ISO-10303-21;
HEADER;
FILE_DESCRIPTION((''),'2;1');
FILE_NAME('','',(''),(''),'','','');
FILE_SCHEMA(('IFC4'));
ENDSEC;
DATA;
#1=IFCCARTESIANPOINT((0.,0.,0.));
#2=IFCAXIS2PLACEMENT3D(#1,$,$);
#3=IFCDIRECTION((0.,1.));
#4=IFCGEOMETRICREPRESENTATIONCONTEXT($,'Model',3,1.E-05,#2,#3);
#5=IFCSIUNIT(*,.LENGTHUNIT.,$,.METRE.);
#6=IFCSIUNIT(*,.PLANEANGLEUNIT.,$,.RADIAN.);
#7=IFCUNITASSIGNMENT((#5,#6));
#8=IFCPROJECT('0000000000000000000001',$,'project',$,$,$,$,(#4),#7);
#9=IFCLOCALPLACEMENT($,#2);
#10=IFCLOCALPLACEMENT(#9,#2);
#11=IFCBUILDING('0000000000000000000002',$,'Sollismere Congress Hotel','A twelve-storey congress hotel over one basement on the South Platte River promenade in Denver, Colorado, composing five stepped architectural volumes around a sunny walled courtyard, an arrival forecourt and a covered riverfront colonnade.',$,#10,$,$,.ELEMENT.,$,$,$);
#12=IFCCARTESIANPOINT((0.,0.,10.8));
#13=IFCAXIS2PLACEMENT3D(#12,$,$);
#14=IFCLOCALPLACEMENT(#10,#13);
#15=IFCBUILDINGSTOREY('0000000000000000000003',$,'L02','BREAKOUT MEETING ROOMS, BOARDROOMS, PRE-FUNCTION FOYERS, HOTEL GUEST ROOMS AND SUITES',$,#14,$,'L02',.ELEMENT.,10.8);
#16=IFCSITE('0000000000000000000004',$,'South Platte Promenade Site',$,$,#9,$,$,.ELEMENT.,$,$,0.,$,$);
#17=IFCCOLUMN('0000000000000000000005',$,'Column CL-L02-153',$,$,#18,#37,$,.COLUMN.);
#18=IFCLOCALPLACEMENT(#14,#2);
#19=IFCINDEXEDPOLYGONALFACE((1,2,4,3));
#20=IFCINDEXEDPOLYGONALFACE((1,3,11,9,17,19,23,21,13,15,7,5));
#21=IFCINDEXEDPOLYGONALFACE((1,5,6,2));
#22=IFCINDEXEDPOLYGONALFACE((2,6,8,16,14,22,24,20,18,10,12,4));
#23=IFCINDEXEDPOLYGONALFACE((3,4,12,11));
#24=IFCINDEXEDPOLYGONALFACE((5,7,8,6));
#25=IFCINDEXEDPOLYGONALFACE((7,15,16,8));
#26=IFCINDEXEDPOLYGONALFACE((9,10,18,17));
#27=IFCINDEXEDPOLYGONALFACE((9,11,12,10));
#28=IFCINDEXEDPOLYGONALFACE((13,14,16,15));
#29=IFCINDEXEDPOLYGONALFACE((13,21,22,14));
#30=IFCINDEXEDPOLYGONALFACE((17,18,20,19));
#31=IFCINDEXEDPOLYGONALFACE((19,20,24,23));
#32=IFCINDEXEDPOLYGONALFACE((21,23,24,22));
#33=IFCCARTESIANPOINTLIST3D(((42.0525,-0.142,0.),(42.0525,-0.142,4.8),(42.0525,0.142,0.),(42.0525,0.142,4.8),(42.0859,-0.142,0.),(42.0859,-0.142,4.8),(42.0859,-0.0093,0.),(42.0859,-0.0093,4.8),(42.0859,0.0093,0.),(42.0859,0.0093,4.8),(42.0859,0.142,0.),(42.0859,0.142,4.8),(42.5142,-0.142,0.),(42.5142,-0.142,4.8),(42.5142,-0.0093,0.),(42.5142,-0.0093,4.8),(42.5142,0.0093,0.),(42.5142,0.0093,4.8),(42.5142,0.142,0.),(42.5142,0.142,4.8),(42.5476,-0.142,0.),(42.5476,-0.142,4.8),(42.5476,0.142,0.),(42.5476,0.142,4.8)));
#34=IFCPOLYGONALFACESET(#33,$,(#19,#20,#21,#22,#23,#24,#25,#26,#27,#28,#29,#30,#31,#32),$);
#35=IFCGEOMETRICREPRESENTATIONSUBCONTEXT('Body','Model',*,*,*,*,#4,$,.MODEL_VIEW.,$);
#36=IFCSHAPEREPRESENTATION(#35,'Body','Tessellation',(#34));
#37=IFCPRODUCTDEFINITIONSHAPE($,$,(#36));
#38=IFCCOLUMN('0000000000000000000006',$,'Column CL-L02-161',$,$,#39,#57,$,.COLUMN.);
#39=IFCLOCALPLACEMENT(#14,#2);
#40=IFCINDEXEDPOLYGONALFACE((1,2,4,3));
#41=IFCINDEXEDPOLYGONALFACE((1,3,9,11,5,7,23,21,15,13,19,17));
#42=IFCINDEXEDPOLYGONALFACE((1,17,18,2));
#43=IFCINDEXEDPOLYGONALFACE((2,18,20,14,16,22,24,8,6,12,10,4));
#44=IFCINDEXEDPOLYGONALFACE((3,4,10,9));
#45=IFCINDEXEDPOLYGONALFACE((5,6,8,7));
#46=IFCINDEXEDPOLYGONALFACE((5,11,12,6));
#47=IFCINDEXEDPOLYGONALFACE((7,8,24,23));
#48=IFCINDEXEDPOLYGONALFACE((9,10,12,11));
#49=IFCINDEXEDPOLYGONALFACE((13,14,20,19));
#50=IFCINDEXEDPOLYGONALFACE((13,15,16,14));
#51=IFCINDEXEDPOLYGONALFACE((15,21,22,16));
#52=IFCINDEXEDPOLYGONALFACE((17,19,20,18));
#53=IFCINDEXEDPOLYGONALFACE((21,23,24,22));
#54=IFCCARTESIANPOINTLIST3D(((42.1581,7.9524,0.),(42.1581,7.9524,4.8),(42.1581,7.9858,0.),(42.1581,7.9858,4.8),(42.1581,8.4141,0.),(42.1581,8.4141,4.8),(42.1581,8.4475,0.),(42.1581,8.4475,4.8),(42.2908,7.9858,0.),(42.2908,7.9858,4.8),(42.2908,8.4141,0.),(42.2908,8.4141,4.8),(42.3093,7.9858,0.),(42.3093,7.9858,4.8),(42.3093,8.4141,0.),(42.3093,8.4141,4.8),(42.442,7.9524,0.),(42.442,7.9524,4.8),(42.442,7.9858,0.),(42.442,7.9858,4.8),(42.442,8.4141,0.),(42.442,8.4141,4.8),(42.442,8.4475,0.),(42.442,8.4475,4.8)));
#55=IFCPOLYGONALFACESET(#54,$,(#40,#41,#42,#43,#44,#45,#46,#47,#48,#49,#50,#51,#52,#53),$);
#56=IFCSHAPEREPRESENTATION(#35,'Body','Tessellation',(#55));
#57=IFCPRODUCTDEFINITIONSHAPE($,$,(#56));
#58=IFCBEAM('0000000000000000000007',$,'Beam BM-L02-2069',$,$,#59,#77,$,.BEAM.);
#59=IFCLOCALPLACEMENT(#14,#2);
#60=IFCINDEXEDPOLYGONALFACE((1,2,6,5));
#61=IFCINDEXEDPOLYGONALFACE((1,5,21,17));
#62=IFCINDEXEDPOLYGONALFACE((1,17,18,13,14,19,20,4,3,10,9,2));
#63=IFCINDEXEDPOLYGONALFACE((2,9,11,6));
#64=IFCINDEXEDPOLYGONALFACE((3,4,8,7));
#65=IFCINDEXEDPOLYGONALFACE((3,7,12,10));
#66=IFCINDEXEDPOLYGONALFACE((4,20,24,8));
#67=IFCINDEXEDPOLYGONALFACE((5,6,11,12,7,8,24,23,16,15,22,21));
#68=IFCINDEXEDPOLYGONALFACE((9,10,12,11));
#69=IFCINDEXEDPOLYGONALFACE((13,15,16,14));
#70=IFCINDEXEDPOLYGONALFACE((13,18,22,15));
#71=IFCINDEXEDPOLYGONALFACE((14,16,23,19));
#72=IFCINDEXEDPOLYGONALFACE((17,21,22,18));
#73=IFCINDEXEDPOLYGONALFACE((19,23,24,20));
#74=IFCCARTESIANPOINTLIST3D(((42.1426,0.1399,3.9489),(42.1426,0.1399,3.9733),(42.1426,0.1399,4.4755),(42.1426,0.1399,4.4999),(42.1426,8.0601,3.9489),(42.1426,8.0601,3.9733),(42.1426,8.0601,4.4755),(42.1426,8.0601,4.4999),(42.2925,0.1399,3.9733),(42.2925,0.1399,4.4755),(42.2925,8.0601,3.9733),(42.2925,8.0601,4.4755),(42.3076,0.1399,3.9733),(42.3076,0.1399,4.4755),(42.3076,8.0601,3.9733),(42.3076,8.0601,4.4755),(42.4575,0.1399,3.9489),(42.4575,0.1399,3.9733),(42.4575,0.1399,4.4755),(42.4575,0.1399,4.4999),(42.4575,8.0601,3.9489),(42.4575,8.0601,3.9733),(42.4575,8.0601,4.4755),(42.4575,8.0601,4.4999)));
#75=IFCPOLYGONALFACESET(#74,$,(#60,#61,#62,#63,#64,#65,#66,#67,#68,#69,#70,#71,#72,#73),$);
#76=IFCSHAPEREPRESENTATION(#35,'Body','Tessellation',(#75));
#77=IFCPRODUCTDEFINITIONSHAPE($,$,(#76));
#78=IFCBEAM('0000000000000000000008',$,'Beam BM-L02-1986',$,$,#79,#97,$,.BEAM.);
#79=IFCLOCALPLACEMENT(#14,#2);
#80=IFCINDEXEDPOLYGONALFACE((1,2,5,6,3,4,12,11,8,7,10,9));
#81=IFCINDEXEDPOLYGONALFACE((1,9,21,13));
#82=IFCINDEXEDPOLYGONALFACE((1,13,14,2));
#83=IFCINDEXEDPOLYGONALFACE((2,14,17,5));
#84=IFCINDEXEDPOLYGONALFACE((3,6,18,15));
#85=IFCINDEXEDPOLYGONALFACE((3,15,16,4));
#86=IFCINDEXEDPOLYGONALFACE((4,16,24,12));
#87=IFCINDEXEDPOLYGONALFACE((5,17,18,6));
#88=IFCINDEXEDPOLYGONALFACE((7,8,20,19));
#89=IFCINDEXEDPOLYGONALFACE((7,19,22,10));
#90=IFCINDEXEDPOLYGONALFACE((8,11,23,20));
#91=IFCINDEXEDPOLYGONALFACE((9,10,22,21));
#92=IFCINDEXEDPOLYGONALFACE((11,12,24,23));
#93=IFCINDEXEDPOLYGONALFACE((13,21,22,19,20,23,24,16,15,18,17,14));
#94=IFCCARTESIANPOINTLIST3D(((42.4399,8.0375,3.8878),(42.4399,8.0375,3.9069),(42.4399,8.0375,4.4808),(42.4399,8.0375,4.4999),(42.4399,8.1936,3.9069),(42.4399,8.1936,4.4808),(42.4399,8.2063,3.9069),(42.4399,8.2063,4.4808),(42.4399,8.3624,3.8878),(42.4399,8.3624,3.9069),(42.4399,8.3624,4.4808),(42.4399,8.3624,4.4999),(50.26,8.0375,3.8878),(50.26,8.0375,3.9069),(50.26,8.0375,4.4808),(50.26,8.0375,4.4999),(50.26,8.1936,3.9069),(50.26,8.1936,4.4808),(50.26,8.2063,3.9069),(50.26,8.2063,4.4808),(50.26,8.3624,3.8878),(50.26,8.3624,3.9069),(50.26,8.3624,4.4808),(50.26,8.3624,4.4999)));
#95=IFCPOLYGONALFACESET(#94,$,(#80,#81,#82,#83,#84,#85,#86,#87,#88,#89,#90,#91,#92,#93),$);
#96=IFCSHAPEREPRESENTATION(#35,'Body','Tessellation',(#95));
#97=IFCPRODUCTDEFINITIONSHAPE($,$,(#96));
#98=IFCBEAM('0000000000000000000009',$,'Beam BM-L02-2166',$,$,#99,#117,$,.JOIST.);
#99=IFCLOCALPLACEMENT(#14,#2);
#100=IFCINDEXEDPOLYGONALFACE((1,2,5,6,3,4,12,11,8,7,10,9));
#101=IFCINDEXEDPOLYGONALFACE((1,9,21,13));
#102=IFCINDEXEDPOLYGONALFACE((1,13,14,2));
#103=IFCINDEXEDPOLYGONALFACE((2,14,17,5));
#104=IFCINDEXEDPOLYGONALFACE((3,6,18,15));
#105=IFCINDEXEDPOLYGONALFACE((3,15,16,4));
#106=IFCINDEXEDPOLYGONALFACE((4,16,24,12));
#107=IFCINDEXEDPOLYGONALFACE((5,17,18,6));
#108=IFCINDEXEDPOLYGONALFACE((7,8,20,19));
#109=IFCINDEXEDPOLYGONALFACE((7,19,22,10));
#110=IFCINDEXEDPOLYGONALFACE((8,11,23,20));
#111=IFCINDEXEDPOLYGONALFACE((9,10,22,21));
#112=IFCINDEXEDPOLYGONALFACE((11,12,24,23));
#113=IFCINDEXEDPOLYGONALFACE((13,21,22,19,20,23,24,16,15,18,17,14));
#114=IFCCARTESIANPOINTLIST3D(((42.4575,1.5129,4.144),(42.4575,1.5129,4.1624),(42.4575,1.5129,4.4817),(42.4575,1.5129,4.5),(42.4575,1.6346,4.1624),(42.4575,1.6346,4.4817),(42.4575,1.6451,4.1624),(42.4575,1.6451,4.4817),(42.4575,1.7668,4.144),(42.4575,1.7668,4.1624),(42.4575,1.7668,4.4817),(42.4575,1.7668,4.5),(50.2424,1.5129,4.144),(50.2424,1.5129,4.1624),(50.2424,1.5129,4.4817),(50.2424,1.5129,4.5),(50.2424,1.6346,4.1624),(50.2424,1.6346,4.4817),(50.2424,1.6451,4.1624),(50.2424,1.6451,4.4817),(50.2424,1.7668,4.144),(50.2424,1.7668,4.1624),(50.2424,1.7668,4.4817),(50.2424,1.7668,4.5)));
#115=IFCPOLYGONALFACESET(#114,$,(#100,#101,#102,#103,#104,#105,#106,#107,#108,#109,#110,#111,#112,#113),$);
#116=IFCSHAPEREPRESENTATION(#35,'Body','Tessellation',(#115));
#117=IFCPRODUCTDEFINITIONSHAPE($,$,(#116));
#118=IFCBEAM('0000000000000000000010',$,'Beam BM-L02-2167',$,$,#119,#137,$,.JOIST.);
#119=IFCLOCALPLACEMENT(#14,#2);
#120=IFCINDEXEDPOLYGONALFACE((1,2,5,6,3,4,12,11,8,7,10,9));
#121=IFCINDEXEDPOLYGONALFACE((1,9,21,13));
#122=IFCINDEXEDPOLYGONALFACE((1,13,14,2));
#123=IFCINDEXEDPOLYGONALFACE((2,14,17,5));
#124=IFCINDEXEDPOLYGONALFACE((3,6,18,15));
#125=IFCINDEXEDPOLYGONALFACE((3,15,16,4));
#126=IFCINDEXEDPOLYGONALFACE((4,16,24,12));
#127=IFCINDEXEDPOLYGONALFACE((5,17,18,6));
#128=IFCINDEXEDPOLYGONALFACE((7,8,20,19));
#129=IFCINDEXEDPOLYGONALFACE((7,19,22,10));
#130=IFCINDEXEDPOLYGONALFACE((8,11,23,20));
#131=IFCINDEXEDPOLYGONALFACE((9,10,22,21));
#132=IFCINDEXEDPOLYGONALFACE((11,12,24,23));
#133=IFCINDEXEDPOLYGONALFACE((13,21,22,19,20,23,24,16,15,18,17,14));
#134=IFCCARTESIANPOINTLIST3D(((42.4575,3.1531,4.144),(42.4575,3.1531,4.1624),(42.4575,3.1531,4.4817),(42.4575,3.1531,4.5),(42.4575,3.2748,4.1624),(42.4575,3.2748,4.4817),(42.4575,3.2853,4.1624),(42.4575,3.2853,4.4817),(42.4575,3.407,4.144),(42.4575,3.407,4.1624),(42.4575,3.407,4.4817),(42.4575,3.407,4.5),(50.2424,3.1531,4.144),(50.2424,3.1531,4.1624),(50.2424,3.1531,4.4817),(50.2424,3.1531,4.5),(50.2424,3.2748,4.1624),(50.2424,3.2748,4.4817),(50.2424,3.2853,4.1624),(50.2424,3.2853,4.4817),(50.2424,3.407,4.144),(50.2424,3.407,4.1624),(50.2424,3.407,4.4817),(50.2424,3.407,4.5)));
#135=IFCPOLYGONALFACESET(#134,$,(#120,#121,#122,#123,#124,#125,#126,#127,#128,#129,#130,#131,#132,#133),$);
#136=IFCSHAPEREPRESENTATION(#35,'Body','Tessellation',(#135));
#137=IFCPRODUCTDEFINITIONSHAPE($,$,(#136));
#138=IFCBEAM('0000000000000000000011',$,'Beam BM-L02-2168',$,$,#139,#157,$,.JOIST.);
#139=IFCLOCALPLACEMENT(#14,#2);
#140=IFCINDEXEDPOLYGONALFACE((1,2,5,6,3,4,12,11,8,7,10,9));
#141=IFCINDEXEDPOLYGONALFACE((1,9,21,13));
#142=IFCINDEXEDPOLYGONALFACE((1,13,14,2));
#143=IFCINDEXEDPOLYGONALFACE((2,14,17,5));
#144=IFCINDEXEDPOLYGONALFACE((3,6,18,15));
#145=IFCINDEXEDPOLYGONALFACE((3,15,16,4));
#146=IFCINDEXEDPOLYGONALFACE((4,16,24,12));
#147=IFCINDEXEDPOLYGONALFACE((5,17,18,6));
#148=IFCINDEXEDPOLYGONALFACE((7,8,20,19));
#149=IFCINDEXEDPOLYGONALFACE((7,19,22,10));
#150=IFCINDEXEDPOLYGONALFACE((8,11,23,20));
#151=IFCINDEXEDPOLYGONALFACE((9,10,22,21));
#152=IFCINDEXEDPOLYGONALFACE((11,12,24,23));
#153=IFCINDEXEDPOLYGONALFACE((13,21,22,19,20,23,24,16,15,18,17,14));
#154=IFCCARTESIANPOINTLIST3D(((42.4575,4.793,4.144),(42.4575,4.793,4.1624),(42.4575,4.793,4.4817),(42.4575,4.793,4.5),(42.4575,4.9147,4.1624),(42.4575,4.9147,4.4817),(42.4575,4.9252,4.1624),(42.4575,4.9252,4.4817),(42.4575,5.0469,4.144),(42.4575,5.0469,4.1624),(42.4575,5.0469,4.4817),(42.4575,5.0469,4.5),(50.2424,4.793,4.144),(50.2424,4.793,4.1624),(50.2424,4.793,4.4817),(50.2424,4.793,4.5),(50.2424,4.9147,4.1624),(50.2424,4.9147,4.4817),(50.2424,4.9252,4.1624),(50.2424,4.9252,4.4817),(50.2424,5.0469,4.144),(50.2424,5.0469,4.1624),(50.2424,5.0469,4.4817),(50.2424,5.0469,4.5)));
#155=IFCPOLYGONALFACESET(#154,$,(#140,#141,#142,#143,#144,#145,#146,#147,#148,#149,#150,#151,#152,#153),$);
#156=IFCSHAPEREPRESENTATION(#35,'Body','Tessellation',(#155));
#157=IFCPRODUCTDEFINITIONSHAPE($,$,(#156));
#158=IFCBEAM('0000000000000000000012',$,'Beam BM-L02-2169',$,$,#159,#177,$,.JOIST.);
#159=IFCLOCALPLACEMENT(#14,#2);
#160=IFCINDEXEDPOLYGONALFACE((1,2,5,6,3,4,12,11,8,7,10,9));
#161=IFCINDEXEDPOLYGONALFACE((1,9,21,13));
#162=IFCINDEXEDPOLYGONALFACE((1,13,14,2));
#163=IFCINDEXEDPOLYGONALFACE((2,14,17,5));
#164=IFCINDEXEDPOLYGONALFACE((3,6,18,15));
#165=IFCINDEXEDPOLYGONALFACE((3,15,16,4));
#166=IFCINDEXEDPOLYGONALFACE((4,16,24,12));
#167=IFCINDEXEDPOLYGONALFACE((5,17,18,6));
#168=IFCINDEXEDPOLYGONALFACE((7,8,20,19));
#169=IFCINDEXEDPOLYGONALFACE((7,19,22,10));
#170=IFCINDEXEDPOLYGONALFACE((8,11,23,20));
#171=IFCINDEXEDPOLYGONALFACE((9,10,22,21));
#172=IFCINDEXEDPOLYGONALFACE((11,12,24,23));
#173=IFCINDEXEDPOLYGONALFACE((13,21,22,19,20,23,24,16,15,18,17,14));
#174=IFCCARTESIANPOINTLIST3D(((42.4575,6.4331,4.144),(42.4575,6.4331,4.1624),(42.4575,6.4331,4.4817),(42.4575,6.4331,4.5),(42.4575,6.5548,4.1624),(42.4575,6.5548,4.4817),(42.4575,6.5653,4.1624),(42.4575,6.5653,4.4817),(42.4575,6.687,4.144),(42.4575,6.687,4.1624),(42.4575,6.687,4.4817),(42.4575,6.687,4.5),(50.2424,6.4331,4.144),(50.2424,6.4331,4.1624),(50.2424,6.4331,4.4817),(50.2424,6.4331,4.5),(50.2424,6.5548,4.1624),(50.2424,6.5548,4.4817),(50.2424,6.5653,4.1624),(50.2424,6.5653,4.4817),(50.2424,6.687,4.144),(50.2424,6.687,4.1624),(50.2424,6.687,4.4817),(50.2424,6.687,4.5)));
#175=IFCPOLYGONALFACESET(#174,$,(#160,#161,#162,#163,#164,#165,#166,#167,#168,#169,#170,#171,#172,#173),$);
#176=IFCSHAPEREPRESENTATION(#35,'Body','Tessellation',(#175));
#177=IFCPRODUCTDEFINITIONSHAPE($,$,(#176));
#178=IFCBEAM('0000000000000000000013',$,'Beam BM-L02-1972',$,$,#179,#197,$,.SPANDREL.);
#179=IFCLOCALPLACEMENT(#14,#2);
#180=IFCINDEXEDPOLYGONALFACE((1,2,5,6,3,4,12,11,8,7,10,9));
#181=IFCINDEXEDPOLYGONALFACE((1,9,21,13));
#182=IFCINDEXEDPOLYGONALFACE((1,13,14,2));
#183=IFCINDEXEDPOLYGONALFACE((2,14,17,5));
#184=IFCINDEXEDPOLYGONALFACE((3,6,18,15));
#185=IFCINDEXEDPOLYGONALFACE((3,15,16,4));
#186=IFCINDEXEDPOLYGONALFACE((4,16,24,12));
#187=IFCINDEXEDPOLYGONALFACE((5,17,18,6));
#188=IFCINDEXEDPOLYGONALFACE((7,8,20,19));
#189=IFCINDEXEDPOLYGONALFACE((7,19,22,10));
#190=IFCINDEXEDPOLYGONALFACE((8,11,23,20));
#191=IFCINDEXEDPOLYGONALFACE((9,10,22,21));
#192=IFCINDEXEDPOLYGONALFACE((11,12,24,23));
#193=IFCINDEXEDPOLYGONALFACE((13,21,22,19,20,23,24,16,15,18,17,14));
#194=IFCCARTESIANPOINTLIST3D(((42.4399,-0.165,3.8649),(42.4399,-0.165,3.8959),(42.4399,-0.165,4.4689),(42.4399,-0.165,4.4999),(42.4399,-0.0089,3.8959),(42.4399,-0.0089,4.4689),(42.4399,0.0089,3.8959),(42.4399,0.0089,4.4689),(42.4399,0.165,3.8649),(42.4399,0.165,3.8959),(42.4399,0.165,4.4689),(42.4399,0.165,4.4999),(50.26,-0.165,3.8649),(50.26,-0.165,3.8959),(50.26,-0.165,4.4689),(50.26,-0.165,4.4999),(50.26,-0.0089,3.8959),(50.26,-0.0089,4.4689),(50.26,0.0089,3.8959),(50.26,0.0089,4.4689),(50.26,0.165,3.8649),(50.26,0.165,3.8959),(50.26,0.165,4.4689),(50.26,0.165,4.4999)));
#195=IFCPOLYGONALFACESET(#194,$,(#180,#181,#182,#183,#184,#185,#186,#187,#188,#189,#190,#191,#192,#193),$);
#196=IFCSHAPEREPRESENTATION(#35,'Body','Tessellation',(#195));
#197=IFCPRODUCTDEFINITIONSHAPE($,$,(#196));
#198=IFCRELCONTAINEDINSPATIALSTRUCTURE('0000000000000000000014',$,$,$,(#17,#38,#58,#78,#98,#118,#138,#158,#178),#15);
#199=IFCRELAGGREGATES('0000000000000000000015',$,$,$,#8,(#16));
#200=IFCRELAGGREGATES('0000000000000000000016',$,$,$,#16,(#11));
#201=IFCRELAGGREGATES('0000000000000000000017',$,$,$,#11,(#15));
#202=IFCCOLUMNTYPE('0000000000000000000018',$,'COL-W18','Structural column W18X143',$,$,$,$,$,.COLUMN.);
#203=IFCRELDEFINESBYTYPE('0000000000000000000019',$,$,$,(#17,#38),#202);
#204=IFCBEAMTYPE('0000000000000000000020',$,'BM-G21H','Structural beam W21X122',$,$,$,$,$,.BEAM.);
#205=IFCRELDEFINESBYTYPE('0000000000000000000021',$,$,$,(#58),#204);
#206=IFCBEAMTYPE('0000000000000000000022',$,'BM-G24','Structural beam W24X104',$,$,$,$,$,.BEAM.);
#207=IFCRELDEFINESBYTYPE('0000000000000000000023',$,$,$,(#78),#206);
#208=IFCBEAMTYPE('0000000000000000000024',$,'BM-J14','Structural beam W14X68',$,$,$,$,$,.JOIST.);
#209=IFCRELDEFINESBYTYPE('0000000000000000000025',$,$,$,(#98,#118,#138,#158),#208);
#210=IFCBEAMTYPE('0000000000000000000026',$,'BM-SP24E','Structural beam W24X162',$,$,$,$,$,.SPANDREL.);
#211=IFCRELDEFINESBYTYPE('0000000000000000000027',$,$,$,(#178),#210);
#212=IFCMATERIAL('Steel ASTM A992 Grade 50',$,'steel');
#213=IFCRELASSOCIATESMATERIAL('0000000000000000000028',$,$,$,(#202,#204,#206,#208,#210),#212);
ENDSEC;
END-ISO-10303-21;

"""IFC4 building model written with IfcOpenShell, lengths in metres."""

from ifc_helpers import new_model, si_unit, direction, frame, origin, origin_2d, place, context, subcontext, project, spatial, i_section, extrude, material, material_profile, profile_set, type_object, element, save


model = new_model("IFC4")

# Units and contexts
model_context = context("Model", 3, precision=1e-05, world=origin(), true_north=direction((0.0, 1.0)))
body_context = subcontext(model_context, "Body", "Model", "MODEL_VIEW")
ifc_project = project(units=[si_unit("LENGTHUNIT", "METRE"), si_unit("PLANEANGLEUNIT", "RADIAN")], contexts=[model_context])

# Site, building, storey
site_placement = place(None, origin())
site = spatial("IfcSite", under=ifc_project, at=site_placement, Name="South Platte Promenade Site", CompositionType="ELEMENT", RefElevation=0.0)
building_placement = place(site_placement, origin())
building = spatial("IfcBuilding", under=site, at=building_placement, Name="Sollismere Congress Hotel", Description="A twelve-storey congress hotel over one basement on the South Platte River promenade in Denver, Colorado, composing five stepped architectural volumes around a sunny walled courtyard, an arrival forecourt and a covered riverfront colonnade.", CompositionType="ELEMENT")
storey_placement = place(building_placement, frame((0.0, 0.0, 10.8)))
storey = spatial("IfcBuildingStorey", under=building, at=storey_placement, Name="L02", Description="BREAKOUT MEETING ROOMS, BOARDROOMS, PRE-FUNCTION FOYERS, HOTEL GUEST ROOMS AND SUITES", LongName="L02", CompositionType="ELEMENT", Elevation=10.8)

# Columns
ifc_material_1 = material(Name="Steel ASTM A992 Grade 50", Category="steel")
ifc_material_profile_1 = material_profile(ifc_material_1, i_section(OverallWidth=0.2839, OverallDepth=0.4951, WebThickness=0.0186, FlangeThickness=0.0334, at=origin_2d()), Name="W18X143")
ifc_profile_set_1 = profile_set([ifc_material_profile_1], Name="Steel ASTM A992 Grade 50")
column_type = type_object("IfcColumnType", Name="COL-W18", Description="Structural column W18X143", PredefinedType="COLUMN", material=ifc_profile_set_1)
for number, where, z_axis, x_axis, name in (
    (1, (42.3, 0.0, 0.0), (0.0, 0.0, 1.0), (0.0, 1.0, 0.0), "Column CL-L02-153"),
    (2, (42.3, 8.2, 0.0), (0.0, 0.0, 1.0), (1.0, 0.0, 0.0), "Column CL-L02-161"),
):
    element("IfcColumn", number, at=place(storey_placement, frame(where, z_axis=z_axis, x_axis=x_axis)), inside=storey, type_object=column_type, Name=name, PredefinedType="COLUMN", context=body_context, shape_type="SweptSolid", body=[
        extrude(i_section(OverallWidth=0.2839, OverallDepth=0.4951, WebThickness=0.0186, FlangeThickness=0.0334, at=origin_2d()), origin(), (0.0, 0.0, 1.0), 4.8),
    ])

# Beams
ifc_material_profile_2 = material_profile(ifc_material_1, i_section(OverallWidth=0.3149, OverallDepth=0.551, WebThickness=0.0151, FlangeThickness=0.0244, at=origin_2d()), Name="W21X122")
ifc_profile_set_2 = profile_set([ifc_material_profile_2], Name="Steel ASTM A992 Grade 50")
beam_type_1 = type_object("IfcBeamType", Name="BM-G21H", Description="Structural beam W21X122", PredefinedType="BEAM", material=ifc_profile_set_2)
beam_1_placement = place(storey_placement, frame((42.3, 0.1399, 4.2244), z_axis=(0.0, 1.0, 0.0), x_axis=(-1.0, 0.0, 0.0)))
element("IfcBeam", 3, at=beam_1_placement, inside=storey, type_object=beam_type_1, Name="Beam BM-L02-2069", PredefinedType="BEAM", context=body_context, shape_type="SweptSolid", body=[
    extrude(i_section(OverallWidth=0.3149, OverallDepth=0.551, WebThickness=0.0151, FlangeThickness=0.0244, at=origin_2d()), origin(), (0.0, 0.0, 1.0), 7.9202),
])
ifc_material_profile_3 = material_profile(ifc_material_1, i_section(OverallWidth=0.325, OverallDepth=0.6121, WebThickness=0.0127, FlangeThickness=0.019, at=origin_2d()), Name="W24X104")
ifc_profile_set_3 = profile_set([ifc_material_profile_3], Name="Steel ASTM A992 Grade 50")
beam_type_2 = type_object("IfcBeamType", Name="BM-G24", Description="Structural beam W24X104", PredefinedType="BEAM", material=ifc_profile_set_3)
beam_2_placement = place(storey_placement, frame((42.4399, 8.2, 4.1938), z_axis=(1.0, 0.0, 0.0), x_axis=(0.0, 1.0, 0.0)))
element("IfcBeam", 4, at=beam_2_placement, inside=storey, type_object=beam_type_2, Name="Beam BM-L02-1986", PredefinedType="BEAM", context=body_context, shape_type="SweptSolid", body=[
    extrude(i_section(OverallWidth=0.325, OverallDepth=0.6121, WebThickness=0.0127, FlangeThickness=0.019, at=origin_2d()), origin(), (0.0, 0.0, 1.0), 7.8201),
])
ifc_material_profile_4 = material_profile(ifc_material_1, i_section(OverallWidth=0.2539, OverallDepth=0.356, WebThickness=0.0105, FlangeThickness=0.0183, at=origin_2d()), Name="W14X68")
ifc_profile_set_4 = profile_set([ifc_material_profile_4], Name="Steel ASTM A992 Grade 50")
beam_type_3 = type_object("IfcBeamType", Name="BM-J14", Description="Structural beam W14X68", PredefinedType="JOIST", material=ifc_profile_set_4)
for number, where, z_axis, x_axis, name in (
    (5, (42.4575, 1.6399, 4.322), (1.0, 0.0, 0.0), (0.0, 1.0, 0.0), "Beam BM-L02-2166"),
    (6, (42.4575, 3.28, 4.322), (1.0, 0.0, 0.0), (0.0, 1.0, 0.0), "Beam BM-L02-2167"),
    (7, (42.4575, 4.9199, 4.322), (1.0, 0.0, 0.0), (0.0, 1.0, 0.0), "Beam BM-L02-2168"),
    (8, (42.4575, 6.5601, 4.322), (1.0, 0.0, 0.0), (0.0, 1.0, 0.0), "Beam BM-L02-2169"),
):
    element("IfcBeam", number, at=place(storey_placement, frame(where, z_axis=z_axis, x_axis=x_axis)), inside=storey, type_object=beam_type_3, Name=name, PredefinedType="JOIST", context=body_context, shape_type="SweptSolid", body=[
        extrude(i_section(OverallWidth=0.2539, OverallDepth=0.356, WebThickness=0.0105, FlangeThickness=0.0183, at=origin_2d()), origin(), (0.0, 0.0, 1.0), 7.7849),
    ])
ifc_material_profile_5 = material_profile(ifc_material_1, i_section(OverallWidth=0.3301, OverallDepth=0.635, WebThickness=0.0178, FlangeThickness=0.031, at=origin_2d()), Name="W24X162")
ifc_profile_set_5 = profile_set([ifc_material_profile_5], Name="Steel ASTM A992 Grade 50")
beam_type_4 = type_object("IfcBeamType", Name="BM-SP24E", Description="Structural beam W24X162", PredefinedType="SPANDREL", material=ifc_profile_set_5)
beam_3_placement = place(storey_placement, frame((42.4399, 0.0, 4.1824), z_axis=(1.0, 0.0, 0.0), x_axis=(0.0, 1.0, 0.0)))
element("IfcBeam", 9, at=beam_3_placement, inside=storey, type_object=beam_type_4, Name="Beam BM-L02-1972", PredefinedType="SPANDREL", context=body_context, shape_type="SweptSolid", body=[
    extrude(i_section(OverallWidth=0.3301, OverallDepth=0.635, WebThickness=0.0178, FlangeThickness=0.031, at=origin_2d()), origin(), (0.0, 0.0, 1.0), 7.8201),
])

save(model, "model.ifc")
